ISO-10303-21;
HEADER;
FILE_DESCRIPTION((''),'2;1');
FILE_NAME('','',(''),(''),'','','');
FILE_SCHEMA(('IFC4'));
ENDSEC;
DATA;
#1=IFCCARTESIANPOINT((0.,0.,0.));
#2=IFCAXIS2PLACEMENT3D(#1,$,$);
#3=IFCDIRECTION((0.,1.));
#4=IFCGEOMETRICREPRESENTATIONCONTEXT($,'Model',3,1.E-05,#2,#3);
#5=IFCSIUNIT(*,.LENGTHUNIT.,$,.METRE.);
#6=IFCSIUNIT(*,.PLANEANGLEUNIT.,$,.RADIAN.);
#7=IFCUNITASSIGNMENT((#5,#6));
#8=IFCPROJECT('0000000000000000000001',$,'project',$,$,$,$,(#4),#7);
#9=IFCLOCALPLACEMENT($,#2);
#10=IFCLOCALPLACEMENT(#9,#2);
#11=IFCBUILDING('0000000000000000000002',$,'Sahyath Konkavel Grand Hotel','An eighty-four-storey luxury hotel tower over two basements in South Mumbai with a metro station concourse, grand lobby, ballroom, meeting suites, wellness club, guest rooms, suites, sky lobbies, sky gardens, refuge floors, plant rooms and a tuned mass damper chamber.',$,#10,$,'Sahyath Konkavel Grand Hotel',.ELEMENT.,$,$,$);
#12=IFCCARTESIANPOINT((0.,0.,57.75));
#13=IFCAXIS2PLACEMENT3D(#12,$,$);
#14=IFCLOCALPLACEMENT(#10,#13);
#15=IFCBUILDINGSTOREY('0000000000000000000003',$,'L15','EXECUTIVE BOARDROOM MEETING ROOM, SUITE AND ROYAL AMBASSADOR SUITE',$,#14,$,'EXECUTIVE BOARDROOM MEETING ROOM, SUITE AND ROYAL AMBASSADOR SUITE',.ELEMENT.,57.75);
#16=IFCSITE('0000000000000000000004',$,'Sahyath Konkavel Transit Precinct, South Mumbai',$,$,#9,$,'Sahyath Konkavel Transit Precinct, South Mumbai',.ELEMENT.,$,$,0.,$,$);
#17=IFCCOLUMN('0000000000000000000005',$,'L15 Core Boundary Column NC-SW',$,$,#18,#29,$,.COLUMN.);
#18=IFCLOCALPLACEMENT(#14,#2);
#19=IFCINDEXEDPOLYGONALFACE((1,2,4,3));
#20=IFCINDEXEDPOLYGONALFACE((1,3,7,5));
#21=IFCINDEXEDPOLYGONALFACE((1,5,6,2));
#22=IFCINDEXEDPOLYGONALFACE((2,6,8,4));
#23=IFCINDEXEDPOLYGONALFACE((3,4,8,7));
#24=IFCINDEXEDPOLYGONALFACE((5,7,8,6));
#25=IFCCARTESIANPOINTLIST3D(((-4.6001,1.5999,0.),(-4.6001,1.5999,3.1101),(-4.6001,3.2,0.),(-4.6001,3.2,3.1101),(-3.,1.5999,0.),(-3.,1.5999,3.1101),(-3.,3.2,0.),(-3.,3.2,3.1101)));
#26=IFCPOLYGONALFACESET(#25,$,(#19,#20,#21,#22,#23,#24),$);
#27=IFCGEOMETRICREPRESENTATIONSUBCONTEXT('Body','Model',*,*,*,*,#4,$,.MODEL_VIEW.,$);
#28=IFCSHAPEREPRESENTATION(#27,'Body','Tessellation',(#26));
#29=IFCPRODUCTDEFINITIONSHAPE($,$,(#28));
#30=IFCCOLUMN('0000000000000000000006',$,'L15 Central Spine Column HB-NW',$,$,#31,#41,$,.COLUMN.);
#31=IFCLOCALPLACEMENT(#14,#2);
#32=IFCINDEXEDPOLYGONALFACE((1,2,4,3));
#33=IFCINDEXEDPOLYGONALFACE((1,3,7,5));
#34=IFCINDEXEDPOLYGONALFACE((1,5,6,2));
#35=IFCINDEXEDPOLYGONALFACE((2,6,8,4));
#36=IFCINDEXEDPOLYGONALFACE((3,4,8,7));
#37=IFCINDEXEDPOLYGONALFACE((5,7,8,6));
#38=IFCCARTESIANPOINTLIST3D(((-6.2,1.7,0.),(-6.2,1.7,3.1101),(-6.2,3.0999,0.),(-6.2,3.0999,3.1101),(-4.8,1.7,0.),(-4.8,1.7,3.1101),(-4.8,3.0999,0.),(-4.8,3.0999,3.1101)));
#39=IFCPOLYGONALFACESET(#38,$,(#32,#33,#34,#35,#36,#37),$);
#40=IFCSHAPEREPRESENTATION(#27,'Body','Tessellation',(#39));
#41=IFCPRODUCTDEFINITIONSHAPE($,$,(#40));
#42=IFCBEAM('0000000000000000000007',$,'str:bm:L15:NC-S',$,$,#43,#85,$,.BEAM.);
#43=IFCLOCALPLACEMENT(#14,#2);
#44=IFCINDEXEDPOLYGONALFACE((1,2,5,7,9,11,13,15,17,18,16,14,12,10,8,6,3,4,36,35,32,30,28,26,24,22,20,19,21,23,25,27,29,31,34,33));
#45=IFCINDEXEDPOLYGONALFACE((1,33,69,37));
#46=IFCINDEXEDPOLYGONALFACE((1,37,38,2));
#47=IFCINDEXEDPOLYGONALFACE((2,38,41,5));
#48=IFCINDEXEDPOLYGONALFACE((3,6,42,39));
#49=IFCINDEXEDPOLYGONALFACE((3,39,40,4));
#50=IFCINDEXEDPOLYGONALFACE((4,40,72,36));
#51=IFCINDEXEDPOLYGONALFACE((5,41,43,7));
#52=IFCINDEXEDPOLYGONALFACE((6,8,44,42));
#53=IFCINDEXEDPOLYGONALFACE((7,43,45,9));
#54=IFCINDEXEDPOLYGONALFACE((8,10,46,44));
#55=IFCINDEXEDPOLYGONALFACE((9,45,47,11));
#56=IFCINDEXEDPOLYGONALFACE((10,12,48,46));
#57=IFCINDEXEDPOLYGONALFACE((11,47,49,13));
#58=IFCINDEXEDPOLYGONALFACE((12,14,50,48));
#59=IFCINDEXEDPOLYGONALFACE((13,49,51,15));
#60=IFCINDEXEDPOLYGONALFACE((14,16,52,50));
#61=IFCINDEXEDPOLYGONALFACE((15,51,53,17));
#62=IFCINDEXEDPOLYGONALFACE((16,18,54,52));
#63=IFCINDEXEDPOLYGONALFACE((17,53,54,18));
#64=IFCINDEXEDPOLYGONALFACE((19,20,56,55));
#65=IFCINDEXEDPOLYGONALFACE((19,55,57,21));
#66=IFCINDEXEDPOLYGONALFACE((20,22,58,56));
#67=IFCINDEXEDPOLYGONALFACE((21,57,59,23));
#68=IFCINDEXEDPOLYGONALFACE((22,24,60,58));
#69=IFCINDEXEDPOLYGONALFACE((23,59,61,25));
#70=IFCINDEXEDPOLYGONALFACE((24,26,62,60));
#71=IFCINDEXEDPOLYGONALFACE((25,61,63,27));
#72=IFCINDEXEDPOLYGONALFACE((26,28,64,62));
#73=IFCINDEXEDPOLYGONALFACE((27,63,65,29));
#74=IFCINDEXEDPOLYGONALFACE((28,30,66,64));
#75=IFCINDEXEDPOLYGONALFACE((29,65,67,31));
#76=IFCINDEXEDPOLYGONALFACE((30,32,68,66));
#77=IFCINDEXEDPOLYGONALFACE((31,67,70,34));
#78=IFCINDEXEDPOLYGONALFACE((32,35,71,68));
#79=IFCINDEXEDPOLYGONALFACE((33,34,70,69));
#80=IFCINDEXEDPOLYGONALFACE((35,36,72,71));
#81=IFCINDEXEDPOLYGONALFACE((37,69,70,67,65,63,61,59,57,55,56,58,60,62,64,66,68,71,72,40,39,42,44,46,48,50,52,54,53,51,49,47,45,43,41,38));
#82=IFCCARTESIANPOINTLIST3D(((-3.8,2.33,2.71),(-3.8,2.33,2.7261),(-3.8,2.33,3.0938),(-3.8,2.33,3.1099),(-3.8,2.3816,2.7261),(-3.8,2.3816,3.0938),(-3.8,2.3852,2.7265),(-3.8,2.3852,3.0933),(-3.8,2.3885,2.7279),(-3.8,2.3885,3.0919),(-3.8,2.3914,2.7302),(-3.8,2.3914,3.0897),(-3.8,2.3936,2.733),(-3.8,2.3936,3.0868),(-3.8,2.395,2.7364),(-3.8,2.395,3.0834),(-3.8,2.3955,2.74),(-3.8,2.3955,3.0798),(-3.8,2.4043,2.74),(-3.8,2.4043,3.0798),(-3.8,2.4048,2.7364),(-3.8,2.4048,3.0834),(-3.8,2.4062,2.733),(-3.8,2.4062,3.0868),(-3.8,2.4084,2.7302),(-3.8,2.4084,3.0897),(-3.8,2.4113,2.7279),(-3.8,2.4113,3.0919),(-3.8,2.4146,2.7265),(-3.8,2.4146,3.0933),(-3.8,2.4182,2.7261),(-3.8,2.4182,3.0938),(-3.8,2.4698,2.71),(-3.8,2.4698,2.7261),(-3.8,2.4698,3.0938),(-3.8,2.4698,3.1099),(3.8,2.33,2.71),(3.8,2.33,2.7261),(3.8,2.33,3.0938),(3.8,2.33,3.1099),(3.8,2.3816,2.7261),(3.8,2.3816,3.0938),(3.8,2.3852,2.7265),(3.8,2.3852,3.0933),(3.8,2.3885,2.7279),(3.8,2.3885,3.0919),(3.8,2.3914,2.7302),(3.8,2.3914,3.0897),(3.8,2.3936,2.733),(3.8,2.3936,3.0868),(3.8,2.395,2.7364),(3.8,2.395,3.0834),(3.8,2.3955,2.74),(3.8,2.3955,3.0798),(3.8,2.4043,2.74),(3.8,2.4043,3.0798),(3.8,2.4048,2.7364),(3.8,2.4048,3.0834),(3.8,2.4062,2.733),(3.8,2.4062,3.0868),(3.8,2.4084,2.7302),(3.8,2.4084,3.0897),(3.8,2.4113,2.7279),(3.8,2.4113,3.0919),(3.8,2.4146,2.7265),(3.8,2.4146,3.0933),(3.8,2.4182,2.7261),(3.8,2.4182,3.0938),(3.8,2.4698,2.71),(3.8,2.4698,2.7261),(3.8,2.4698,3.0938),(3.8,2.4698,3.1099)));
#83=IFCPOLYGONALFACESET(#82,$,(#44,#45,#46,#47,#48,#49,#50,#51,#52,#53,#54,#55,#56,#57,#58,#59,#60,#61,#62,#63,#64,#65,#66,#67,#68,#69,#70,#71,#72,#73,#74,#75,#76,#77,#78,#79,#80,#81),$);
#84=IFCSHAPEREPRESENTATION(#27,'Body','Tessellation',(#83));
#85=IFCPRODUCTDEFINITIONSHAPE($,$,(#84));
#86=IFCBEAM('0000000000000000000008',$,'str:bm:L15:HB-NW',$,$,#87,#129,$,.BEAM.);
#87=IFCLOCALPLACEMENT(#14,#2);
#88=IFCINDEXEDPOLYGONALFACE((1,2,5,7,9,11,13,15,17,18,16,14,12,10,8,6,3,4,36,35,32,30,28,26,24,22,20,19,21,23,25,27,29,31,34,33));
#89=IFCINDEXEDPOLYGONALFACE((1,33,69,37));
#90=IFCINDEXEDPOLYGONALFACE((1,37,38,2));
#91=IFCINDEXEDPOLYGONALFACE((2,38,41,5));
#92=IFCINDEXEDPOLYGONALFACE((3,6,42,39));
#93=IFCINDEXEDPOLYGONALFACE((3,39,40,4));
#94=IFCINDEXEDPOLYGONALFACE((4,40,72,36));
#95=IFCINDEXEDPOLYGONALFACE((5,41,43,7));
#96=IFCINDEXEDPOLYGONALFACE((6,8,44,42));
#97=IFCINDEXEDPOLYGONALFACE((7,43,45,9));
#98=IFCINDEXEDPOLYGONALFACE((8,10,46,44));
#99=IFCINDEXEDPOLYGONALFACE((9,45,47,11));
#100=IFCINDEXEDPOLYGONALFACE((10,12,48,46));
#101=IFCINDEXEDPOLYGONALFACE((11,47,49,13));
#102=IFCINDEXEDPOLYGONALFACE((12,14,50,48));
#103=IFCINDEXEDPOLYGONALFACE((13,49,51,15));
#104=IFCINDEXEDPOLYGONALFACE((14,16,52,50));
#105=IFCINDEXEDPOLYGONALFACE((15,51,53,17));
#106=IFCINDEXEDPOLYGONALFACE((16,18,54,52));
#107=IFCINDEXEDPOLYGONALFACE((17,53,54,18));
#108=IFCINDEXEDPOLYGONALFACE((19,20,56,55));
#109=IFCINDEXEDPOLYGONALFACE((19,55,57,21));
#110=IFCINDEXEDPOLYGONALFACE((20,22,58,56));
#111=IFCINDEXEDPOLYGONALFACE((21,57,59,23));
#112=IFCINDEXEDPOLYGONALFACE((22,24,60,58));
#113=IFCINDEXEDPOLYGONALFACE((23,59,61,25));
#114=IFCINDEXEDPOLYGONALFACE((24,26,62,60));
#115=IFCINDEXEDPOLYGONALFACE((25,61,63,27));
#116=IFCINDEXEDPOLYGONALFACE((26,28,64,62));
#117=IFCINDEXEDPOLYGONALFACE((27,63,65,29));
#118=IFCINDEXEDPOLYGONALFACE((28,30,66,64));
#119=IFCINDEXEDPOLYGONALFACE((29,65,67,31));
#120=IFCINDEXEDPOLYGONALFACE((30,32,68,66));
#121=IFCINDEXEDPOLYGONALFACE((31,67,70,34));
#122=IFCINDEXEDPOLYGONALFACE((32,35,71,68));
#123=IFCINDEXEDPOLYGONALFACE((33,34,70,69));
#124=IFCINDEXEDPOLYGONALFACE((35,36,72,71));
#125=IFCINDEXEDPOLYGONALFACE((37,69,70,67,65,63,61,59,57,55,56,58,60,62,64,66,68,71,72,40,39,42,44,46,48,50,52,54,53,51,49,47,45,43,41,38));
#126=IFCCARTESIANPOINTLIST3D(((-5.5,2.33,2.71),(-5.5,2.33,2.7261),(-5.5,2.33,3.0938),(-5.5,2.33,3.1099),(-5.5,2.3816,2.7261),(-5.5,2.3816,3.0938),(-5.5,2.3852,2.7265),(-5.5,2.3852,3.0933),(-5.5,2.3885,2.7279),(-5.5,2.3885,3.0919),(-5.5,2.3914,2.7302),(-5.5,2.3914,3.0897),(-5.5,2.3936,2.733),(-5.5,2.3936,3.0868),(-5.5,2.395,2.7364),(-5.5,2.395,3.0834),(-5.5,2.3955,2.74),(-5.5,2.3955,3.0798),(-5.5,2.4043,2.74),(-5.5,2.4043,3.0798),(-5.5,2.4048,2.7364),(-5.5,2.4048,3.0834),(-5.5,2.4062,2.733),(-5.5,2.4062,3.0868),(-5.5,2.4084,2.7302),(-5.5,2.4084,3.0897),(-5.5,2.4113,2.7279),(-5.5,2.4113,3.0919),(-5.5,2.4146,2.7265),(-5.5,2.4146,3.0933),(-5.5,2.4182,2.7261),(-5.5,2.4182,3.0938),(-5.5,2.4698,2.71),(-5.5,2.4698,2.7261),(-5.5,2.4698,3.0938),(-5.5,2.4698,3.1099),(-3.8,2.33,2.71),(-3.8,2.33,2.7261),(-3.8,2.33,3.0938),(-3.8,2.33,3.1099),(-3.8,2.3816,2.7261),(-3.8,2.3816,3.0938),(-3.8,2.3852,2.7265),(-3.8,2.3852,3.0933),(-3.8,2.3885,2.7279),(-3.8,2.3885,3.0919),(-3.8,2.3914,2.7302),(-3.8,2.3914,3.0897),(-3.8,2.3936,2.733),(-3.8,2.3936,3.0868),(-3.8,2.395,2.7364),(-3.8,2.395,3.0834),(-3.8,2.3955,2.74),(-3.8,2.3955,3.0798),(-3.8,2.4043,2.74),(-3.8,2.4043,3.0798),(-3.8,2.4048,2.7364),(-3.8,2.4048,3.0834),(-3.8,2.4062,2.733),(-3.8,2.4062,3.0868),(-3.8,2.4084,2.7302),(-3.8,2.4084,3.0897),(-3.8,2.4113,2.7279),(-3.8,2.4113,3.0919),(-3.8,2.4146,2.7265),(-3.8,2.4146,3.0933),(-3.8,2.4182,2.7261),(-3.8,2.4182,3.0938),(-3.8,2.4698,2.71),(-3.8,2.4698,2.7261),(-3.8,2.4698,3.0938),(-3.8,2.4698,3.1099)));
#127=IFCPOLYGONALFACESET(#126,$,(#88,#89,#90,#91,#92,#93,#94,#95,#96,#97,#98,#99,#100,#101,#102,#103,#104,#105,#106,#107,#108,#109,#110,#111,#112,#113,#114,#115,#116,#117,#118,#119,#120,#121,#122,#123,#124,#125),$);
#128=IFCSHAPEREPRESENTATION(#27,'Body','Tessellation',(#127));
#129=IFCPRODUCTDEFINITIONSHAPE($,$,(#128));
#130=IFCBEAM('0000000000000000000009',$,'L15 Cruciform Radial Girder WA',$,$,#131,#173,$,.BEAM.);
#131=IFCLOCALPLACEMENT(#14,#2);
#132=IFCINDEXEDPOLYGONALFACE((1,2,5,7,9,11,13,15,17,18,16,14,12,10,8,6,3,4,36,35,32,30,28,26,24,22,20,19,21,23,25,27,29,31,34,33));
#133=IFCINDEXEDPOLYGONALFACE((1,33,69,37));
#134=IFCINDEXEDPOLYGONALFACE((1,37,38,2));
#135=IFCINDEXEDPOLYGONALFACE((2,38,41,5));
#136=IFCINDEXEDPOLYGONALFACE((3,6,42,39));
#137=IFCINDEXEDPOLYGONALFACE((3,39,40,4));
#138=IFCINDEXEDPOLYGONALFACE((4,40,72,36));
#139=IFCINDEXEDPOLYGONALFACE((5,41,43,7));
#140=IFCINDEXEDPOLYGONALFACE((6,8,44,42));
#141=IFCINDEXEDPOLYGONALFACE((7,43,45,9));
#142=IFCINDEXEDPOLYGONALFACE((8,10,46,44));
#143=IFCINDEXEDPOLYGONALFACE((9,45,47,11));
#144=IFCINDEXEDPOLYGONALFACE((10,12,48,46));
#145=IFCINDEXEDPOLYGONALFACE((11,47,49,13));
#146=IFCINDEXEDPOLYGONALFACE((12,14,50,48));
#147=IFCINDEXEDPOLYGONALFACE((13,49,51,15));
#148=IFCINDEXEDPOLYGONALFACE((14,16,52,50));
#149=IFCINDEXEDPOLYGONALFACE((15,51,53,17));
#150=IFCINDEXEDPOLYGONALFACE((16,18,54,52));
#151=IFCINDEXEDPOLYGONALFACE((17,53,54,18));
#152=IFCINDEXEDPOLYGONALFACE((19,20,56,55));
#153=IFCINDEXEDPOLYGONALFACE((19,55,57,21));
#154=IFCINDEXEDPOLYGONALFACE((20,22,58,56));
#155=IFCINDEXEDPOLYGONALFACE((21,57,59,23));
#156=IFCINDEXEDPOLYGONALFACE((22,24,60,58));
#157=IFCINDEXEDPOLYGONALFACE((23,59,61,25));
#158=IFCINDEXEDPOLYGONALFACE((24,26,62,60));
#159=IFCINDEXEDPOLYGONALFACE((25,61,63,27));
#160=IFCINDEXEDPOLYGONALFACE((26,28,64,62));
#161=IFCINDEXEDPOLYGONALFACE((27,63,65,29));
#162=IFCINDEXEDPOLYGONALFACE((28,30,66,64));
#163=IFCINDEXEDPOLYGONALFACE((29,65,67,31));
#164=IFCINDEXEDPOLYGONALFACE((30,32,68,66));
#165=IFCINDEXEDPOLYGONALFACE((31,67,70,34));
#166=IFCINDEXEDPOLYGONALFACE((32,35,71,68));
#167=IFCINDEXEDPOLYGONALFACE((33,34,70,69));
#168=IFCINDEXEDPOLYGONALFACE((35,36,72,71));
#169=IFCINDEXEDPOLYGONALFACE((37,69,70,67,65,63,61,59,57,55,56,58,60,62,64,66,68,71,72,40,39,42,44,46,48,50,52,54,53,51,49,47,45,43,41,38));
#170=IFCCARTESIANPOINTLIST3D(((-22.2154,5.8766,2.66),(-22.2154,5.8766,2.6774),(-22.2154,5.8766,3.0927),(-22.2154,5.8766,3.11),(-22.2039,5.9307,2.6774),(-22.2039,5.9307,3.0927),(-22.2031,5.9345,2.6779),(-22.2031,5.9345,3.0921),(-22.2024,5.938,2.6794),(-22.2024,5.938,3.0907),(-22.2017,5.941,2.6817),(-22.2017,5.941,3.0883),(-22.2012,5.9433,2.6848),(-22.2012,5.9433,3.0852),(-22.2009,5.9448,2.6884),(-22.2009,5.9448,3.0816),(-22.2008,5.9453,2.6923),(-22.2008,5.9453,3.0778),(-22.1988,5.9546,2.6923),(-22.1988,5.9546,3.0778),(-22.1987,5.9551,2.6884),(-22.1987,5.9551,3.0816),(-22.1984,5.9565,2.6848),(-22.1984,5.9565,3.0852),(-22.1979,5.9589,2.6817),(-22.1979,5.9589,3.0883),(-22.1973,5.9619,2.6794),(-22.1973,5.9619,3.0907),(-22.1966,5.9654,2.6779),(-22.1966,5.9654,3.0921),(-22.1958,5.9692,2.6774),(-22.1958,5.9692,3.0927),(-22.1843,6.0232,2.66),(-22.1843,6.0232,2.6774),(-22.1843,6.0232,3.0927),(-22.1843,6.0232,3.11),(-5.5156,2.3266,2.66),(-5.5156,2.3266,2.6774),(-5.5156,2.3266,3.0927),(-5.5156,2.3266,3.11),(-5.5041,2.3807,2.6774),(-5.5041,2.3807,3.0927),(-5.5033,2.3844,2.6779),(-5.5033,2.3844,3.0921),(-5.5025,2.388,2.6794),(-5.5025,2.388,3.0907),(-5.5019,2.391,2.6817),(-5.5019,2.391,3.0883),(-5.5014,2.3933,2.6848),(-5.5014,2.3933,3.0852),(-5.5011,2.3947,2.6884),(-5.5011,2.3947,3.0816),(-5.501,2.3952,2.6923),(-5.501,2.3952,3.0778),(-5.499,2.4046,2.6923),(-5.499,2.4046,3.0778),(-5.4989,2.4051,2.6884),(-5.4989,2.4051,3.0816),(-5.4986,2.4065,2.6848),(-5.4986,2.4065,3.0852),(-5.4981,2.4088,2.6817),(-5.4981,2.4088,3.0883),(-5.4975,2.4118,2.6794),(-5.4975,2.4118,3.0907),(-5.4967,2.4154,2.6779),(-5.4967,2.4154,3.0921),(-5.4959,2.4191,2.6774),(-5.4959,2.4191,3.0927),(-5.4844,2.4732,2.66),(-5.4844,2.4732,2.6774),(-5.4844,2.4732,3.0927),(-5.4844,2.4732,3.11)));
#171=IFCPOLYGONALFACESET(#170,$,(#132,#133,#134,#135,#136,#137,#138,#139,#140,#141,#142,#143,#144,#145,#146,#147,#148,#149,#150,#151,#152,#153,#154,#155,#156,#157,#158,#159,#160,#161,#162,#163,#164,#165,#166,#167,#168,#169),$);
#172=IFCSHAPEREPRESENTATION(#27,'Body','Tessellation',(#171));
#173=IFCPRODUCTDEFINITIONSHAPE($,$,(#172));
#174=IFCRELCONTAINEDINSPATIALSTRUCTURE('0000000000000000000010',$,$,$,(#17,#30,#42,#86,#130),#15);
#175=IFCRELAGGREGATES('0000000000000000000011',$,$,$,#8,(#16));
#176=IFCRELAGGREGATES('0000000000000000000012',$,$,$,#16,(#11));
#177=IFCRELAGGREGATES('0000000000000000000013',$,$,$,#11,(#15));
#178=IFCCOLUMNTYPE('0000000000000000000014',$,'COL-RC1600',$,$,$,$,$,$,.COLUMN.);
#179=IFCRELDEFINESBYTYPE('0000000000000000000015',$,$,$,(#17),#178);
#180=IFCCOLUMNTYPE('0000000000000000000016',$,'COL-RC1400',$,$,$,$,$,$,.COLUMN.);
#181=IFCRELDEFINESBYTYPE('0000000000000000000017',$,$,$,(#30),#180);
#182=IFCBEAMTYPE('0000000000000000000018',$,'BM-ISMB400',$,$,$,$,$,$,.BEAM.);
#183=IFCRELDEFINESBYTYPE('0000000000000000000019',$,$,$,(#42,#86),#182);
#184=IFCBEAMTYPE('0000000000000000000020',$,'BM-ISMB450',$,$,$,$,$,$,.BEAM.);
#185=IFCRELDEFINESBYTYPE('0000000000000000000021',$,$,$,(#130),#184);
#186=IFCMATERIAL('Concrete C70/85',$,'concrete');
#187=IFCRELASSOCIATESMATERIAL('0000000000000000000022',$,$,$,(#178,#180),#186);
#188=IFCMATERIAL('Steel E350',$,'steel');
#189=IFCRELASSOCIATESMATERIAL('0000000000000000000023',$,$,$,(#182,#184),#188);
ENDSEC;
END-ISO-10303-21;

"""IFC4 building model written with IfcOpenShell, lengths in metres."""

from ifc_helpers import new_model, si_unit, direction, frame, origin, origin_2d, place, context, subcontext, project, spatial, rectangle, i_section, extrude, source, transform, mapped, material, material_profile, profile_set, type_object, element, save


model = new_model("IFC4")

# Units and contexts
model_context = context("Model", 3, precision=1e-05, world=origin(), true_north=direction((0.0, 1.0)))
body_context = subcontext(model_context, "Body", "Model", "MODEL_VIEW")
ifc_project = project(units=[si_unit("LENGTHUNIT", "METRE"), si_unit("PLANEANGLEUNIT", "RADIAN")], contexts=[model_context])

# Site, building, storey
site_placement = place(None, origin())
site = spatial("IfcSite", under=ifc_project, at=site_placement, Name="Sahyath Konkavel Transit Precinct, South Mumbai", LongName="Sahyath Konkavel Transit Precinct, South Mumbai", CompositionType="ELEMENT", RefElevation=0.0)
building_placement = place(site_placement, origin())
building = spatial("IfcBuilding", under=site, at=building_placement, Name="Sahyath Konkavel Grand Hotel", Description="An eighty-four-storey luxury hotel tower over two basements in South Mumbai with a metro station concourse, grand lobby, ballroom, meeting suites, wellness club, guest rooms, suites, sky lobbies, sky gardens, refuge floors, plant rooms and a tuned mass damper chamber.", LongName="Sahyath Konkavel Grand Hotel", CompositionType="ELEMENT")
storey_placement = place(building_placement, frame((0.0, 0.0, 57.75)))
storey = spatial("IfcBuildingStorey", under=building, at=storey_placement, Name="L15", Description="EXECUTIVE BOARDROOM MEETING ROOM, SUITE AND ROYAL AMBASSADOR SUITE", LongName="EXECUTIVE BOARDROOM MEETING ROOM, SUITE AND ROYAL AMBASSADOR SUITE", CompositionType="ELEMENT", Elevation=57.75)

# Columns
ifc_material_1 = material(Name="Concrete C70/85", Category="concrete")
ifc_material_profile_1 = material_profile(ifc_material_1, rectangle(XDim=1.6001, YDim=1.6001, at=origin_2d()), Name="RC 1600x1600")
ifc_profile_set_1 = profile_set([ifc_material_profile_1], Name="Concrete C70/85")
column_type_1 = type_object("IfcColumnType", Name="COL-RC1600", PredefinedType="COLUMN", material=ifc_profile_set_1)
shared_shape_1 = source(origin(), body_context, "Body", "SweptSolid", [
    extrude(rectangle(XDim=1.6001, YDim=1.6001, at=origin_2d()), origin(), (0.0, 0.0, 1.0), 3.1101),
])
column_1_placement = place(storey_placement, frame((-3.8, 2.3999, 0.0), z_axis=(0.0, 0.0, 1.0), x_axis=(1.0, 0.0, 0.0)))
element("IfcColumn", 1, at=column_1_placement, inside=storey, type_object=column_type_1, Name="L15 Core Boundary Column NC-SW", PredefinedType="COLUMN", context=body_context, shape_type="MappedRepresentation", body=[
    mapped(shared_shape_1, transform((0.0, 0.0, 0.0), scale=1.0)),
])
ifc_material_profile_2 = material_profile(ifc_material_1, rectangle(XDim=1.3999, YDim=1.3999, at=origin_2d()), Name="RC 1400x1400")
ifc_profile_set_2 = profile_set([ifc_material_profile_2], Name="Concrete C70/85")
column_type_2 = type_object("IfcColumnType", Name="COL-RC1400", PredefinedType="COLUMN", material=ifc_profile_set_2)
shared_shape_2 = source(origin(), body_context, "Body", "SweptSolid", [
    extrude(rectangle(XDim=1.3999, YDim=1.3999, at=origin_2d()), origin(), (0.0, 0.0, 1.0), 3.1101),
])
column_2_placement = place(storey_placement, frame((-5.5, 2.3999, 0.0), z_axis=(0.0, 0.0, 1.0), x_axis=(1.0, 0.0, 0.0)))
element("IfcColumn", 2, at=column_2_placement, inside=storey, type_object=column_type_2, Name="L15 Central Spine Column HB-NW", PredefinedType="COLUMN", context=body_context, shape_type="MappedRepresentation", body=[
    mapped(shared_shape_2, transform((0.0, 0.0, 0.0), scale=1.0)),
])

# Beams
ifc_material_2 = material(Name="Steel E350", Category="steel")
ifc_material_profile_3 = material_profile(ifc_material_2, i_section(OverallWidth=0.1399, OverallDepth=0.3999, WebThickness=0.0088, FlangeThickness=0.0161, FilletRadius=0.0139, at=origin_2d()), Name="ISMB 400")
ifc_profile_set_3 = profile_set([ifc_material_profile_3], Name="Steel E350")
beam_type_1 = type_object("IfcBeamType", Name="BM-ISMB400", PredefinedType="BEAM", material=ifc_profile_set_3)
shared_shape_3 = source(origin(), body_context, "Body", "SweptSolid", [
    extrude(i_section(OverallWidth=0.1399, OverallDepth=0.3999, WebThickness=0.0088, FlangeThickness=0.0161, FilletRadius=0.0139, at=origin_2d()), origin(), (0.0, 0.0, 1.0), 7.6001),
])
beam_1_placement = place(storey_placement, frame((-3.8, 2.3999, 2.9099), z_axis=(1.0, 0.0, 0.0), x_axis=(0.0, 1.0, 0.0)))
element("IfcBeam", 3, at=beam_1_placement, inside=storey, type_object=beam_type_1, Name="str:bm:L15:NC-S", PredefinedType="BEAM", context=body_context, shape_type="MappedRepresentation", body=[
    mapped(shared_shape_3, transform((0.0, 0.0, 0.0), scale=1.0)),
])
shared_shape_4 = source(origin(), body_context, "Body", "SweptSolid", [
    extrude(i_section(OverallWidth=0.1399, OverallDepth=0.3999, WebThickness=0.0088, FlangeThickness=0.0161, FilletRadius=0.0139, at=origin_2d()), origin(), (0.0, 0.0, 1.0), 1.7),
])
beam_2_placement = place(storey_placement, frame((-5.5, 2.3999, 2.9099), z_axis=(1.0, 0.0, 0.0), x_axis=(0.0, 1.0, 0.0)))
element("IfcBeam", 4, at=beam_2_placement, inside=storey, type_object=beam_type_1, Name="str:bm:L15:HB-NW", PredefinedType="BEAM", context=body_context, shape_type="MappedRepresentation", body=[
    mapped(shared_shape_4, transform((0.0, 0.0, 0.0), scale=1.0)),
])
ifc_material_profile_4 = material_profile(ifc_material_2, i_section(OverallWidth=0.1499, OverallDepth=0.45, WebThickness=0.0095, FlangeThickness=0.0173, FilletRadius=0.0149, at=origin_2d()), Name="ISMB 450")
ifc_profile_set_4 = profile_set([ifc_material_profile_4], Name="Steel E350")
beam_type_2 = type_object("IfcBeamType", Name="BM-ISMB450", PredefinedType="BEAM", material=ifc_profile_set_4)
shared_shape_5 = source(origin(), body_context, "Body", "SweptSolid", [
    extrude(i_section(OverallWidth=0.1499, OverallDepth=0.45, WebThickness=0.0095, FlangeThickness=0.0173, FilletRadius=0.0149, at=origin_2d()), origin(), (0.0, 0.0, 1.0), 17.073),
])
beam_3_placement = place(storey_placement, frame((-5.5, 2.3999, 2.885), z_axis=(-0.978143, 0.207932, 0.0), x_axis=(-0.207932, -0.978143, 0.0)))
element("IfcBeam", 5, at=beam_3_placement, inside=storey, type_object=beam_type_2, Name="L15 Cruciform Radial Girder WA", PredefinedType="BEAM", context=body_context, shape_type="MappedRepresentation", body=[
    mapped(shared_shape_5, transform((0.0, 0.0, 0.0), scale=1.0)),
])

save(model, "model.ifc")
